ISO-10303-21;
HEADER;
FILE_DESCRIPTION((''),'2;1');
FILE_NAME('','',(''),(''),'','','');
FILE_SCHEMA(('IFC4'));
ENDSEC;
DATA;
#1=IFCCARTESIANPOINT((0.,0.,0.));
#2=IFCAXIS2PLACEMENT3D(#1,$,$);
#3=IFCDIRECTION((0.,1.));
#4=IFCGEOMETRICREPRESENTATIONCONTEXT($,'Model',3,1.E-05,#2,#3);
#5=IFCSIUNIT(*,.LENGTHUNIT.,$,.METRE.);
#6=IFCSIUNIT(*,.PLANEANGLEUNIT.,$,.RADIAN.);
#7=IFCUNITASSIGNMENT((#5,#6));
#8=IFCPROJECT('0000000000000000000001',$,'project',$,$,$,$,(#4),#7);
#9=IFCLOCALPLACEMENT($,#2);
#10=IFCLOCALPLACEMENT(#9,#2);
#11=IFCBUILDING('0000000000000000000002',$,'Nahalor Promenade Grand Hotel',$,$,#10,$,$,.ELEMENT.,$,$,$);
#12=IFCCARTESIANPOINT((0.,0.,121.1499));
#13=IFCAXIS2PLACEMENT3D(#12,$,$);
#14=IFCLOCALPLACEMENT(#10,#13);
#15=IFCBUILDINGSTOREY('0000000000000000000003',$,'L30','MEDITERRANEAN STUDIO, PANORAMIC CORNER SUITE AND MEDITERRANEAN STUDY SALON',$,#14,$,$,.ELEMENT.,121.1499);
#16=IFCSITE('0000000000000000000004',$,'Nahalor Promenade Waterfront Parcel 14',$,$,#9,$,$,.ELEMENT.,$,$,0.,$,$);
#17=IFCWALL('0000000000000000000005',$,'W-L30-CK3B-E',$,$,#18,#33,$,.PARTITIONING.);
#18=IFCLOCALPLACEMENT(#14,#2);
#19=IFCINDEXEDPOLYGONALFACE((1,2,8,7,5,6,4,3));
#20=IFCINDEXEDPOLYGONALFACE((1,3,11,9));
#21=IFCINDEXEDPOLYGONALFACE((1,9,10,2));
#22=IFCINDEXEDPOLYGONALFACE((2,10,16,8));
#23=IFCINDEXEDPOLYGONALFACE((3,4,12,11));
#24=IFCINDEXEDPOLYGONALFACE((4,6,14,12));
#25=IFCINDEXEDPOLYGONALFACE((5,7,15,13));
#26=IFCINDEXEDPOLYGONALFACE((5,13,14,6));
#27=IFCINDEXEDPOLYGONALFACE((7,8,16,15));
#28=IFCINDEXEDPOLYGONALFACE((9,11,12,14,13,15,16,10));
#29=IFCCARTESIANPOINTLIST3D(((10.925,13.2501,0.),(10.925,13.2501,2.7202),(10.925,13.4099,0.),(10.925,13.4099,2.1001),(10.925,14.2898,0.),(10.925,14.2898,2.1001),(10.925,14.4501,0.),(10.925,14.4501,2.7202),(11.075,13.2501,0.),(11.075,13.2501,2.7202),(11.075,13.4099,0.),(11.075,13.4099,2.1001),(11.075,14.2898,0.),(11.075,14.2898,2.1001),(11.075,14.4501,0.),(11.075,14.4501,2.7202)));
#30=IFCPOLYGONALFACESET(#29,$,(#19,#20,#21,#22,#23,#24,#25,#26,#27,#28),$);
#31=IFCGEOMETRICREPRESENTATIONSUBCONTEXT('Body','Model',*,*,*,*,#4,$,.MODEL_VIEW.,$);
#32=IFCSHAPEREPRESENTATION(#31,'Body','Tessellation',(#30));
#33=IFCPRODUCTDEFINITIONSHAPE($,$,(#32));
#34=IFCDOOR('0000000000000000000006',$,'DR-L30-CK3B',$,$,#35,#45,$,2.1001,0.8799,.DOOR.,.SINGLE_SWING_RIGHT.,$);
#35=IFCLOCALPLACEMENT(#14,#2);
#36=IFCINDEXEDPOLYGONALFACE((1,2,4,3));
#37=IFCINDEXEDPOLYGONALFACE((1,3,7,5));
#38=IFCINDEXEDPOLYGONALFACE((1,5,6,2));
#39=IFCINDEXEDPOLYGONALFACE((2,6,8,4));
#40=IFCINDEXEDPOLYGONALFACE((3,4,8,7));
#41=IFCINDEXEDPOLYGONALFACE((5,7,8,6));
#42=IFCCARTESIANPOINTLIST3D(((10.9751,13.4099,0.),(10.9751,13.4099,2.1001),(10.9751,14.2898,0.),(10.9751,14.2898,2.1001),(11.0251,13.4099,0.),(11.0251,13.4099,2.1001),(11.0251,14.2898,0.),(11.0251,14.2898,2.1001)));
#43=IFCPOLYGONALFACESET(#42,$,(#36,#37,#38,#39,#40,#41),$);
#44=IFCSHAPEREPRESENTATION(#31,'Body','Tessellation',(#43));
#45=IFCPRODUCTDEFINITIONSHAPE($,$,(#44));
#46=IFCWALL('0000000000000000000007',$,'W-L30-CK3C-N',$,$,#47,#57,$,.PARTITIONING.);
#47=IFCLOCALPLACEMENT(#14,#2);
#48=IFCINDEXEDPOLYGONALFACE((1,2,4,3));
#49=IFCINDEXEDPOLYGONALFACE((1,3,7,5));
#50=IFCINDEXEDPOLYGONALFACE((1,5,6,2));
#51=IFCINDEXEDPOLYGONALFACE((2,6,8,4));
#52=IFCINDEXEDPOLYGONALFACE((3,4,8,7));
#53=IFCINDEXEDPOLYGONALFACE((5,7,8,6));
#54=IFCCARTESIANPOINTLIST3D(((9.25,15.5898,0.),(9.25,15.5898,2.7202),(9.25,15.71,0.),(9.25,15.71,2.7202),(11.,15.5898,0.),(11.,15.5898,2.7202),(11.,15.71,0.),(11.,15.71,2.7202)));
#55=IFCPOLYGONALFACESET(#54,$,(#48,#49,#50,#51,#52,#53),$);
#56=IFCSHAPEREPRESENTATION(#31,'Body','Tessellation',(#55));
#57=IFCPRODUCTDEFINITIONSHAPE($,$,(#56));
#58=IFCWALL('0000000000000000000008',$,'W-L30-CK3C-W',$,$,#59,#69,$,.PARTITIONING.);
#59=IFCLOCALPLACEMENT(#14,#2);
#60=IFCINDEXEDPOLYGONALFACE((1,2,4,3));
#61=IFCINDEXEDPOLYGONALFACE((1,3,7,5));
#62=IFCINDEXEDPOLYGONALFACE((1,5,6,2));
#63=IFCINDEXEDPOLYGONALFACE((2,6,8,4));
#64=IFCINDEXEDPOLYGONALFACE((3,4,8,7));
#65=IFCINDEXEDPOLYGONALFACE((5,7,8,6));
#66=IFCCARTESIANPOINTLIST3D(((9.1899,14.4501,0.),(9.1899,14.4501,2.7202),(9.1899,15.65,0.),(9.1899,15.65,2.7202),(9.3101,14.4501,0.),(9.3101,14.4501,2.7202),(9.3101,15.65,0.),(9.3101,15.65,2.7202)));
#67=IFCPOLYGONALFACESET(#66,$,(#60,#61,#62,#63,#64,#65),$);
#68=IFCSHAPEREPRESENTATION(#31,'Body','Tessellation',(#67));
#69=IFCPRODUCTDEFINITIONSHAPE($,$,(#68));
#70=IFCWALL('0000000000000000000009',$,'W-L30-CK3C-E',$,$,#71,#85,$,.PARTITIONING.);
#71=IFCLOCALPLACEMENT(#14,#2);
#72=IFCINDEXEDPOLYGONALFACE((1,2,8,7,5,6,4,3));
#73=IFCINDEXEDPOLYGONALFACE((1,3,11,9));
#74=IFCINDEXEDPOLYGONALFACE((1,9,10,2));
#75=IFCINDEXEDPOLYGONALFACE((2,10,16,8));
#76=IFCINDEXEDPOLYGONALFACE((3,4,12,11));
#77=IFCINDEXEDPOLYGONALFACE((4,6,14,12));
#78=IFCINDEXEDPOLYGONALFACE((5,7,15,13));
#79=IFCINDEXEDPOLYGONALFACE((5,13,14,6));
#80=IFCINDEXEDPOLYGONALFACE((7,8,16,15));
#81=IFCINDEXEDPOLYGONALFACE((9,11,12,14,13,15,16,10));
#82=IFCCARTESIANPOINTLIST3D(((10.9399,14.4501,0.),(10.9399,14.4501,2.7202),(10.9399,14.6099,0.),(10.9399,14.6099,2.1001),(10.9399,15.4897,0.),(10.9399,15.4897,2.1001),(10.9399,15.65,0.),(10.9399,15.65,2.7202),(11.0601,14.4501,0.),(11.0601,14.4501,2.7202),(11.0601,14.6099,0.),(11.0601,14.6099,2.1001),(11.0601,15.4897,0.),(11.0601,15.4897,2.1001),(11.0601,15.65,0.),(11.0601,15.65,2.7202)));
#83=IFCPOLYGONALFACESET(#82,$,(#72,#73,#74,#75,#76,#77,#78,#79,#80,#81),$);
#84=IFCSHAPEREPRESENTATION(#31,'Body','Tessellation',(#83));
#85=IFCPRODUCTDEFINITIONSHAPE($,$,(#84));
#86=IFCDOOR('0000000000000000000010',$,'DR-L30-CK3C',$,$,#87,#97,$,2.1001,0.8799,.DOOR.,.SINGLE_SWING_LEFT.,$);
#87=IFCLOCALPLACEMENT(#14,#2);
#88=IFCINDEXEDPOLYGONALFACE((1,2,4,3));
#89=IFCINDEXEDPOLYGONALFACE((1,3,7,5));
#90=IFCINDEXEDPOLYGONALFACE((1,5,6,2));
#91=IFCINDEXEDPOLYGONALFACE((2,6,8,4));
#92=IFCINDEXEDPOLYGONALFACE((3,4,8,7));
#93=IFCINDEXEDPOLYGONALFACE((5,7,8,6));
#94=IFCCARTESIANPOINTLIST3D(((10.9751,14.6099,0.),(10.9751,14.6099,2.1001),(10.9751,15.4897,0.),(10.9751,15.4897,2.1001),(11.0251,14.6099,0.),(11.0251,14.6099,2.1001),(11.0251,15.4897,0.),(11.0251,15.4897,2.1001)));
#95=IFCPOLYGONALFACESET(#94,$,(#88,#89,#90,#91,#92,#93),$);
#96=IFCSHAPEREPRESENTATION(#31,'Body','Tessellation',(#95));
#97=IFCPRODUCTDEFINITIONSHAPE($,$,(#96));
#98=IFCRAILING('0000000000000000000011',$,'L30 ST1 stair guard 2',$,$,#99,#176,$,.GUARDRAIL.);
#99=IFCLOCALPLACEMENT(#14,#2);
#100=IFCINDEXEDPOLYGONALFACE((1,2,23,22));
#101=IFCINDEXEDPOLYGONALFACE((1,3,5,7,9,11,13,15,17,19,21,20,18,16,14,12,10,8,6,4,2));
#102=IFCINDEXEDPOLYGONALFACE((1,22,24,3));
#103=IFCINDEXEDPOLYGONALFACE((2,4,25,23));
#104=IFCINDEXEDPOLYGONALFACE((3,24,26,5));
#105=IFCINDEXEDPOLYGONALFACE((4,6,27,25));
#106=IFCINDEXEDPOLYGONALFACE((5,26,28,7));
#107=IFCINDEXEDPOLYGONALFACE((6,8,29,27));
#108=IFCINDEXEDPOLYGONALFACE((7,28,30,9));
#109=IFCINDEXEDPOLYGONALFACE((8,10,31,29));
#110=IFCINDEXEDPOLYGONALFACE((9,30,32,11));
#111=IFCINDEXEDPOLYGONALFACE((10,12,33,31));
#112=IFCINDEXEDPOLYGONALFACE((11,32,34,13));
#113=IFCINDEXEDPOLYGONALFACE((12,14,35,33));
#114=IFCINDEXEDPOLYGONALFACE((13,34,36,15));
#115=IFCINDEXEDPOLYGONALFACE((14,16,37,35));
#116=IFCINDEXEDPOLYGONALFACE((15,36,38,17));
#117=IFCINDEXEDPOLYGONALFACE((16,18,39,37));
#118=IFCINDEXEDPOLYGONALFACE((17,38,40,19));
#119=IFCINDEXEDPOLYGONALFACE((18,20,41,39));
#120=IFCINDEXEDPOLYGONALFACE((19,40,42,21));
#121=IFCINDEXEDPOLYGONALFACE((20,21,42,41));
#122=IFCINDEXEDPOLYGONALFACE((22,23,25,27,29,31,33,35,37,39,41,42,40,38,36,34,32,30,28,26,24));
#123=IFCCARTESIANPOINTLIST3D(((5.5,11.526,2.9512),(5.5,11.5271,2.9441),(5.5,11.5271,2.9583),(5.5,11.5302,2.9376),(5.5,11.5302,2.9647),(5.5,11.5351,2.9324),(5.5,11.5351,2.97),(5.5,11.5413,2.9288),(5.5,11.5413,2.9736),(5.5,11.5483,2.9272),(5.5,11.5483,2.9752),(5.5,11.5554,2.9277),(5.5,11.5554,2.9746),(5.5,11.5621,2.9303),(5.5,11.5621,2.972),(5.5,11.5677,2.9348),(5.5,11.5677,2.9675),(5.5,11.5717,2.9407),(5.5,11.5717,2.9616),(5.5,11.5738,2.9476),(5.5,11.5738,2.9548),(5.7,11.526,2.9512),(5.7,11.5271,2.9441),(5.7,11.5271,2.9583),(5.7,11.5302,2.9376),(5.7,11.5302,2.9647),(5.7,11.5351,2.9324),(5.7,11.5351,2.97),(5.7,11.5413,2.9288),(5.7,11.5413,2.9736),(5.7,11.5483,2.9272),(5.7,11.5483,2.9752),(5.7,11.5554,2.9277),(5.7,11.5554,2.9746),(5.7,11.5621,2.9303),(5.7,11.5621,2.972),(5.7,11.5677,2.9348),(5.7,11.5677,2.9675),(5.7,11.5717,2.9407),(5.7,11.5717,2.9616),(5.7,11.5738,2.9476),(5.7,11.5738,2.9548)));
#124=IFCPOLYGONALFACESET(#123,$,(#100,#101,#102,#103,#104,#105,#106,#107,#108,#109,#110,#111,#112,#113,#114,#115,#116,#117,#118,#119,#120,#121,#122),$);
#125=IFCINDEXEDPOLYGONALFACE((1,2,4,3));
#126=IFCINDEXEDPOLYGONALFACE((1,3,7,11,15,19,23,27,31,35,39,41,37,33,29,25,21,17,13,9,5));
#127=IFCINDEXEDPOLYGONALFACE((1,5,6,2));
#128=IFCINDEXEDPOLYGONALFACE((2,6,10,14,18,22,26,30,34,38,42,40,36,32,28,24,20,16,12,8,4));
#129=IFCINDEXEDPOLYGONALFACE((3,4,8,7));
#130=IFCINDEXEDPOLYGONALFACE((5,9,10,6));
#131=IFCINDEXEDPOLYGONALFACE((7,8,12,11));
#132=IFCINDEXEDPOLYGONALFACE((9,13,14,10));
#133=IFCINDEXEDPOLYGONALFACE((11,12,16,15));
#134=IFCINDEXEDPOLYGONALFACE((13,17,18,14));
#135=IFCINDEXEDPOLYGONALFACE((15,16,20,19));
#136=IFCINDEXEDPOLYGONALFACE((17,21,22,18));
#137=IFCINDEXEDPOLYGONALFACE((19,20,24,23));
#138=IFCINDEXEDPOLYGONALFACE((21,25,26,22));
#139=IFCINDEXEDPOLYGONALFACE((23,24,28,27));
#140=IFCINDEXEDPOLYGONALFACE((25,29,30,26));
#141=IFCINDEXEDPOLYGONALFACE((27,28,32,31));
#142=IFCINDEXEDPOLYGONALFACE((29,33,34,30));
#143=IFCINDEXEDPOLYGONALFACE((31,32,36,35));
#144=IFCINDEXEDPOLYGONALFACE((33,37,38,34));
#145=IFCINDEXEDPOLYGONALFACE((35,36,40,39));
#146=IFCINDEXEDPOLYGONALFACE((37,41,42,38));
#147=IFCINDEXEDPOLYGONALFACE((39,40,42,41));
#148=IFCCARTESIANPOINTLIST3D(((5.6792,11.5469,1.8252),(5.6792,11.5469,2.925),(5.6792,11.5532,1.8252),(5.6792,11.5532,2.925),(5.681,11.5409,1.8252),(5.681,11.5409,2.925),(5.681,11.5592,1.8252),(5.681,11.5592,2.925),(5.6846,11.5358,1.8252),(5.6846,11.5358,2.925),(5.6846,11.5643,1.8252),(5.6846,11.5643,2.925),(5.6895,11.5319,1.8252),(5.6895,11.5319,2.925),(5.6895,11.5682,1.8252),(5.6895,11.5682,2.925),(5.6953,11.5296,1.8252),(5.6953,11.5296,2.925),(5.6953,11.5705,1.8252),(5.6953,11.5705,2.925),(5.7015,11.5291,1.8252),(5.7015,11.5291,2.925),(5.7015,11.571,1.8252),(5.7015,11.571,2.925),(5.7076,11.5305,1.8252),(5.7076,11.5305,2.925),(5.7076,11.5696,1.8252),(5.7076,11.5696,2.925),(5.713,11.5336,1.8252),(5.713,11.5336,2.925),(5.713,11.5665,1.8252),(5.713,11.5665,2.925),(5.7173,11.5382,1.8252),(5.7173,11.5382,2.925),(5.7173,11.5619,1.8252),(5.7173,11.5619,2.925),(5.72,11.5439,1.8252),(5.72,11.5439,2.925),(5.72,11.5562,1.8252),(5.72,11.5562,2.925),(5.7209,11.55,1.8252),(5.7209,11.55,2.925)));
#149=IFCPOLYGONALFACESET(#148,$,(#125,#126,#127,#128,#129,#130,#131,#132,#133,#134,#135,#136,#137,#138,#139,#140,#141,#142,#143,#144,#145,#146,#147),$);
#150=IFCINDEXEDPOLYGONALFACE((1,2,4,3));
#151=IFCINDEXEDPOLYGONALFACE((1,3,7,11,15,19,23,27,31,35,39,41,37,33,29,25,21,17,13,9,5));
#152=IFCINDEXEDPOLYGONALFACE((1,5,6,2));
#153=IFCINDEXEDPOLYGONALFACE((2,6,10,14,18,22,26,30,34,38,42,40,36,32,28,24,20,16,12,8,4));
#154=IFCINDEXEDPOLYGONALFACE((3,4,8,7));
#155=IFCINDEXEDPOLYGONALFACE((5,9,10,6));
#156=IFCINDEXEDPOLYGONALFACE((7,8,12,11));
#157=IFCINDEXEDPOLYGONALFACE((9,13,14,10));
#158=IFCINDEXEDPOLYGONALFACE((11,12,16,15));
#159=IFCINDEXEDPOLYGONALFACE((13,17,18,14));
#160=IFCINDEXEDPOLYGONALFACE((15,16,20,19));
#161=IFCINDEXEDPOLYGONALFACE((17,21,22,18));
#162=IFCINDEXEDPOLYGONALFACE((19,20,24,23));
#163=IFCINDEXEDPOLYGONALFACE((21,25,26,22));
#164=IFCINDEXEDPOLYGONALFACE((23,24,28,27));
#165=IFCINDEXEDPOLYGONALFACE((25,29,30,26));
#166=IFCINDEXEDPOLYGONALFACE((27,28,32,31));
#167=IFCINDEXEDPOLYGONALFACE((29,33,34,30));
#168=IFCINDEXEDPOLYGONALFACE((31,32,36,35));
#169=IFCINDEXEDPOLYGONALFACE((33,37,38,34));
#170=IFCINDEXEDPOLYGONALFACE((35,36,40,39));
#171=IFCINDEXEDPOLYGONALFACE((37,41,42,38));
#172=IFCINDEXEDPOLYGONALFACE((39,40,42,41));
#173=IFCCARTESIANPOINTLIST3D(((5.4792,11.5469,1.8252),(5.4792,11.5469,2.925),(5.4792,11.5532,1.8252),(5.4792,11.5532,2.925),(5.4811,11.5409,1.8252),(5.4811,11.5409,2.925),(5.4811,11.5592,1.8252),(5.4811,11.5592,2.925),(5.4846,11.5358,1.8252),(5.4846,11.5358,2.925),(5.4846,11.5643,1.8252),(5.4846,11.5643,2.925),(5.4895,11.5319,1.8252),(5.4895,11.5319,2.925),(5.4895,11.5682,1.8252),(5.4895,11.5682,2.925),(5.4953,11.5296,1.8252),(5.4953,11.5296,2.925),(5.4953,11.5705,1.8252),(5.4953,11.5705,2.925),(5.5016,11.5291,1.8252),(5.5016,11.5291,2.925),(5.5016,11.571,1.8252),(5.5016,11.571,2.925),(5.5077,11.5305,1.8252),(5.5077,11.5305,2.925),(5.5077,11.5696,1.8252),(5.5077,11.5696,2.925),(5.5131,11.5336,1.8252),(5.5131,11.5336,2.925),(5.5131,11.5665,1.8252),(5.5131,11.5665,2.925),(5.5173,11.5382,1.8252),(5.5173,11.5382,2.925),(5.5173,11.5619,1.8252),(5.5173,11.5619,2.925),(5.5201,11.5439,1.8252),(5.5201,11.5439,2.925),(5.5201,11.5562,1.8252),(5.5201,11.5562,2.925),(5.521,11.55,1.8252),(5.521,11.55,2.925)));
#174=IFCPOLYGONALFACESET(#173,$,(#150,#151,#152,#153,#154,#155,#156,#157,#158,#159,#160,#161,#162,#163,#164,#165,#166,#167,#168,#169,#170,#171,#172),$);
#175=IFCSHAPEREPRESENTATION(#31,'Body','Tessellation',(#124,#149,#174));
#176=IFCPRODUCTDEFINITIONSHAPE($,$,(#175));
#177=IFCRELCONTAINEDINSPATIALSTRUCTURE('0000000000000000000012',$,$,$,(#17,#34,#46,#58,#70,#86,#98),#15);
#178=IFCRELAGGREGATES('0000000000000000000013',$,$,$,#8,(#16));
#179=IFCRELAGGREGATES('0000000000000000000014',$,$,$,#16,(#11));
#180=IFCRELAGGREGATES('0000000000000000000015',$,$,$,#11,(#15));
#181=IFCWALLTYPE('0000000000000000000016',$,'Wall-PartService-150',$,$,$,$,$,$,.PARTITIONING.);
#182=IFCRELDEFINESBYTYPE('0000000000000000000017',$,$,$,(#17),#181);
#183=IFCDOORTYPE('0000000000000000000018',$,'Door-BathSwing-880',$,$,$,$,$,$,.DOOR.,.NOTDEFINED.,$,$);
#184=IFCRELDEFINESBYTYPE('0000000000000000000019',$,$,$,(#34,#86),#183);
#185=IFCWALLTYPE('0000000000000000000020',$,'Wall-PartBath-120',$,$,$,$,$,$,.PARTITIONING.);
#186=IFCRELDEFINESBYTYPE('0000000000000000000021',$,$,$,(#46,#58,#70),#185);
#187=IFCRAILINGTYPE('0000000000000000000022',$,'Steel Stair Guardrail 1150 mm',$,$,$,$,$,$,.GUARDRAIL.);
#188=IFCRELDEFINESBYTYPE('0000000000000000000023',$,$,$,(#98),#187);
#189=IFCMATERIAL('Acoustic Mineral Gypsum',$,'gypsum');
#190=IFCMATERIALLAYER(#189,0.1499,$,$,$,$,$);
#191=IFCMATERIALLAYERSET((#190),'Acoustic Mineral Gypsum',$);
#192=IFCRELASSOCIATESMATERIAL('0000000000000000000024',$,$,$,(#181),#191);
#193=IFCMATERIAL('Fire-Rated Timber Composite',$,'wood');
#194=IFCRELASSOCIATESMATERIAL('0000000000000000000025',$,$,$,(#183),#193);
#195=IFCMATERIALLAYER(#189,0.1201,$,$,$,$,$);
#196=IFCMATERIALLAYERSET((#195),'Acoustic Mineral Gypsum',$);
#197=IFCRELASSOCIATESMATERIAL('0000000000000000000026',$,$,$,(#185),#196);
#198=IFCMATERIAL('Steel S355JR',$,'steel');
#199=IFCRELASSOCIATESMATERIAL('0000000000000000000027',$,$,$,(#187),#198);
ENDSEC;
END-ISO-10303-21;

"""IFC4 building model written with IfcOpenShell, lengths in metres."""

from ifc_helpers import new_model, si_unit, direction, frame, frame_2d, origin, origin_2d, place, context, subcontext, project, spatial, rectangle, circle, extrude, source, transform, mapped, material, layer, layer_set, type_object, element, fill, save


model = new_model("IFC4")

# Units and contexts
model_context = context("Model", 3, precision=1e-05, world=origin(), true_north=direction((0.0, 1.0)))
body_context = subcontext(model_context, "Body", "Model", "MODEL_VIEW")
ifc_project = project(units=[si_unit("LENGTHUNIT", "METRE"), si_unit("PLANEANGLEUNIT", "RADIAN")], contexts=[model_context])

# Site, building, storey
site_placement = place(None, origin())
site = spatial("IfcSite", under=ifc_project, at=site_placement, Name="Nahalor Promenade Waterfront Parcel 14", CompositionType="ELEMENT", RefElevation=0.0)
building_placement = place(site_placement, origin())
building = spatial("IfcBuilding", under=site, at=building_placement, Name="Nahalor Promenade Grand Hotel", CompositionType="ELEMENT")
storey_placement = place(building_placement, frame((0.0, 0.0, 121.1499)))
storey = spatial("IfcBuildingStorey", under=building, at=storey_placement, Name="L30", Description="MEDITERRANEAN STUDIO, PANORAMIC CORNER SUITE AND MEDITERRANEAN STUDY SALON", CompositionType="ELEMENT", Elevation=121.1499)

# Shared definitions
ifc_material_1 = material(Name="Steel S355JR", Category="steel")

# Shared definitions
ifc_material_2 = material(Name="Acoustic Mineral Gypsum", Category="gypsum")
ifc_layer_1 = layer(ifc_material_2, 0.1499)
ifc_layer_set_1 = layer_set([ifc_layer_1], Name="Acoustic Mineral Gypsum")
wall_type_1 = type_object("IfcWallType", Name="Wall-PartService-150", PredefinedType="PARTITIONING", material=ifc_layer_set_1)
shared_shape_1 = source(origin(), body_context, "Body", "SweptSolid", [
    extrude(rectangle(XDim=1.2, YDim=0.1499, at=frame_2d((0.6001, 0.0))), origin(), (0.0, 0.0, 1.0), 2.7202),
])

# Shared definitions
ifc_material_3 = material(Name="Fire-Rated Timber Composite", Category="wood")
door_type = type_object("IfcDoorType", Name="Door-BathSwing-880", OperationType="NOTDEFINED", PredefinedType="DOOR", material=ifc_material_3)
shared_shape_2 = source(origin(), body_context, "Body", "SweptSolid", [
    extrude(rectangle(XDim=0.8799, YDim=2.1001, at=frame_2d((0.4399, 1.05))), frame((0.0, 0.0249, 0.0), z_axis=(0.0, -1.0, 0.0), x_axis=(1.0, 0.0, 0.0)), (0.0, 0.0, 1.0), 0.05),
])

# Wall, opening, door
wall_1_placement = place(storey_placement, frame((11.0, 13.25, 0.0), z_axis=(0.0, 0.0, 1.0), x_axis=(0.0, 1.0, 0.0)))
wall_1 = element("IfcWall", 1, at=wall_1_placement, inside=storey, type_object=wall_type_1, Name="W-L30-CK3B-E", PredefinedType="PARTITIONING", context=body_context, shape_type="MappedRepresentation", body=[
    mapped(shared_shape_1, transform((0.0, 0.0, 0.0), scale=1.0)),
])
opening_1_placement = place(wall_1_placement, frame((0.1599, 0.0, 0.0)))
opening_1 = element("IfcOpeningElement", 2, at=opening_1_placement, cuts=wall_1, PredefinedType="OPENING", context=body_context, shape_type="SweptSolid", body=[
    extrude(rectangle(XDim=0.8799, YDim=2.1001, at=frame_2d((0.4399, 1.05))), frame((0.0, 0.085, 0.0), z_axis=(0.0, -1.0, 0.0), x_axis=(1.0, 0.0, 0.0)), (0.0, 0.0, 1.0), 0.1699),
])
door_1_placement = place(opening_1_placement, origin())
door_1 = element("IfcDoor", 3, at=door_1_placement, inside=storey, type_object=door_type, Name="DR-L30-CK3B", OperationType="SINGLE_SWING_RIGHT", OverallHeight=2.1001, OverallWidth=0.8799, PredefinedType="DOOR", context=body_context, shape_type="MappedRepresentation", body=[
    mapped(shared_shape_2, transform((0.0, 0.0, 0.0), scale=1.0)),
])
fill(opening_1, door_1)

# Walls
ifc_layer_2 = layer(ifc_material_2, 0.1201)
ifc_layer_set_2 = layer_set([ifc_layer_2], Name="Acoustic Mineral Gypsum")
wall_type_2 = type_object("IfcWallType", Name="Wall-PartBath-120", PredefinedType="PARTITIONING", material=ifc_layer_set_2)
shared_shape_3 = source(origin(), body_context, "Body", "SweptSolid", [
    extrude(rectangle(XDim=1.75, YDim=0.1201, at=frame_2d((0.875, 0.0))), origin(), (0.0, 0.0, 1.0), 2.7202),
])
wall_2_placement = place(storey_placement, frame((9.25, 15.6499, 0.0), z_axis=(0.0, 0.0, 1.0), x_axis=(1.0, 0.0, 0.0)))
element("IfcWall", 4, at=wall_2_placement, inside=storey, type_object=wall_type_2, Name="W-L30-CK3C-N", PredefinedType="PARTITIONING", context=body_context, shape_type="MappedRepresentation", body=[
    mapped(shared_shape_3, transform((0.0, 0.0, 0.0), scale=1.0)),
])
shared_shape_4 = source(origin(), body_context, "Body", "SweptSolid", [
    extrude(rectangle(XDim=1.2, YDim=0.1201, at=frame_2d((0.6001, 0.0))), origin(), (0.0, 0.0, 1.0), 2.7202),
])
wall_3_placement = place(storey_placement, frame((9.25, 14.45, 0.0), z_axis=(0.0, 0.0, 1.0), x_axis=(0.0, 1.0, 0.0)))
element("IfcWall", 5, at=wall_3_placement, inside=storey, type_object=wall_type_2, Name="W-L30-CK3C-W", PredefinedType="PARTITIONING", context=body_context, shape_type="MappedRepresentation", body=[
    mapped(shared_shape_4, transform((0.0, 0.0, 0.0), scale=1.0)),
])

# Wall, opening, door
wall_4_placement = place(storey_placement, frame((11.0, 14.45, 0.0), z_axis=(0.0, 0.0, 1.0), x_axis=(0.0, 1.0, 0.0)))
wall_4 = element("IfcWall", 6, at=wall_4_placement, inside=storey, type_object=wall_type_2, Name="W-L30-CK3C-E", PredefinedType="PARTITIONING", context=body_context, shape_type="MappedRepresentation", body=[
    mapped(shared_shape_4, transform((0.0, 0.0, 0.0), scale=1.0)),
])
opening_2_placement = place(wall_4_placement, frame((0.1599, 0.0, 0.0)))
opening_2 = element("IfcOpeningElement", 7, at=opening_2_placement, cuts=wall_4, PredefinedType="OPENING", context=body_context, shape_type="SweptSolid", body=[
    extrude(rectangle(XDim=0.8799, YDim=2.1001, at=frame_2d((0.4399, 1.05))), frame((0.0, 0.0701, 0.0), z_axis=(0.0, -1.0, 0.0), x_axis=(1.0, 0.0, 0.0)), (0.0, 0.0, 1.0), 0.1401),
])
door_2_placement = place(opening_2_placement, origin())
door_2 = element("IfcDoor", 8, at=door_2_placement, inside=storey, type_object=door_type, Name="DR-L30-CK3C", OperationType="SINGLE_SWING_LEFT", OverallHeight=2.1001, OverallWidth=0.8799, PredefinedType="DOOR", context=body_context, shape_type="MappedRepresentation", body=[
    mapped(shared_shape_2, transform((0.0, 0.0, 0.0), scale=1.0)),
])
fill(opening_2, door_2)

# Railing
railing_type = type_object("IfcRailingType", Name="Steel Stair Guardrail 1150 mm", PredefinedType="GUARDRAIL", material=ifc_material_1)
railing_placement = place(storey_placement, frame((5.7, 11.55, 1.8252)))
element("IfcRailing", 9, at=railing_placement, inside=storey, type_object=railing_type, Name="L30 ST1 stair guard 2", PredefinedType="GUARDRAIL", context=body_context, shape_type="SweptSolid", body=[
    extrude(circle(Radius=0.024, at=origin_2d()), frame((0.0, 0.0, 1.126), z_axis=(-1.0, 0.0, 0.0), x_axis=(0.0, -1.0, 0.0)), (0.0, 0.0, 1.0), 0.2),
    extrude(circle(Radius=0.021, at=origin_2d()), origin(), (0.0, 0.0, 1.0), 1.0999),
    extrude(circle(Radius=0.021, at=origin_2d()), frame((-0.2, 0.0, 0.0)), (0.0, 0.0, 1.0), 1.0999),
])

save(model, "model.ifc")
